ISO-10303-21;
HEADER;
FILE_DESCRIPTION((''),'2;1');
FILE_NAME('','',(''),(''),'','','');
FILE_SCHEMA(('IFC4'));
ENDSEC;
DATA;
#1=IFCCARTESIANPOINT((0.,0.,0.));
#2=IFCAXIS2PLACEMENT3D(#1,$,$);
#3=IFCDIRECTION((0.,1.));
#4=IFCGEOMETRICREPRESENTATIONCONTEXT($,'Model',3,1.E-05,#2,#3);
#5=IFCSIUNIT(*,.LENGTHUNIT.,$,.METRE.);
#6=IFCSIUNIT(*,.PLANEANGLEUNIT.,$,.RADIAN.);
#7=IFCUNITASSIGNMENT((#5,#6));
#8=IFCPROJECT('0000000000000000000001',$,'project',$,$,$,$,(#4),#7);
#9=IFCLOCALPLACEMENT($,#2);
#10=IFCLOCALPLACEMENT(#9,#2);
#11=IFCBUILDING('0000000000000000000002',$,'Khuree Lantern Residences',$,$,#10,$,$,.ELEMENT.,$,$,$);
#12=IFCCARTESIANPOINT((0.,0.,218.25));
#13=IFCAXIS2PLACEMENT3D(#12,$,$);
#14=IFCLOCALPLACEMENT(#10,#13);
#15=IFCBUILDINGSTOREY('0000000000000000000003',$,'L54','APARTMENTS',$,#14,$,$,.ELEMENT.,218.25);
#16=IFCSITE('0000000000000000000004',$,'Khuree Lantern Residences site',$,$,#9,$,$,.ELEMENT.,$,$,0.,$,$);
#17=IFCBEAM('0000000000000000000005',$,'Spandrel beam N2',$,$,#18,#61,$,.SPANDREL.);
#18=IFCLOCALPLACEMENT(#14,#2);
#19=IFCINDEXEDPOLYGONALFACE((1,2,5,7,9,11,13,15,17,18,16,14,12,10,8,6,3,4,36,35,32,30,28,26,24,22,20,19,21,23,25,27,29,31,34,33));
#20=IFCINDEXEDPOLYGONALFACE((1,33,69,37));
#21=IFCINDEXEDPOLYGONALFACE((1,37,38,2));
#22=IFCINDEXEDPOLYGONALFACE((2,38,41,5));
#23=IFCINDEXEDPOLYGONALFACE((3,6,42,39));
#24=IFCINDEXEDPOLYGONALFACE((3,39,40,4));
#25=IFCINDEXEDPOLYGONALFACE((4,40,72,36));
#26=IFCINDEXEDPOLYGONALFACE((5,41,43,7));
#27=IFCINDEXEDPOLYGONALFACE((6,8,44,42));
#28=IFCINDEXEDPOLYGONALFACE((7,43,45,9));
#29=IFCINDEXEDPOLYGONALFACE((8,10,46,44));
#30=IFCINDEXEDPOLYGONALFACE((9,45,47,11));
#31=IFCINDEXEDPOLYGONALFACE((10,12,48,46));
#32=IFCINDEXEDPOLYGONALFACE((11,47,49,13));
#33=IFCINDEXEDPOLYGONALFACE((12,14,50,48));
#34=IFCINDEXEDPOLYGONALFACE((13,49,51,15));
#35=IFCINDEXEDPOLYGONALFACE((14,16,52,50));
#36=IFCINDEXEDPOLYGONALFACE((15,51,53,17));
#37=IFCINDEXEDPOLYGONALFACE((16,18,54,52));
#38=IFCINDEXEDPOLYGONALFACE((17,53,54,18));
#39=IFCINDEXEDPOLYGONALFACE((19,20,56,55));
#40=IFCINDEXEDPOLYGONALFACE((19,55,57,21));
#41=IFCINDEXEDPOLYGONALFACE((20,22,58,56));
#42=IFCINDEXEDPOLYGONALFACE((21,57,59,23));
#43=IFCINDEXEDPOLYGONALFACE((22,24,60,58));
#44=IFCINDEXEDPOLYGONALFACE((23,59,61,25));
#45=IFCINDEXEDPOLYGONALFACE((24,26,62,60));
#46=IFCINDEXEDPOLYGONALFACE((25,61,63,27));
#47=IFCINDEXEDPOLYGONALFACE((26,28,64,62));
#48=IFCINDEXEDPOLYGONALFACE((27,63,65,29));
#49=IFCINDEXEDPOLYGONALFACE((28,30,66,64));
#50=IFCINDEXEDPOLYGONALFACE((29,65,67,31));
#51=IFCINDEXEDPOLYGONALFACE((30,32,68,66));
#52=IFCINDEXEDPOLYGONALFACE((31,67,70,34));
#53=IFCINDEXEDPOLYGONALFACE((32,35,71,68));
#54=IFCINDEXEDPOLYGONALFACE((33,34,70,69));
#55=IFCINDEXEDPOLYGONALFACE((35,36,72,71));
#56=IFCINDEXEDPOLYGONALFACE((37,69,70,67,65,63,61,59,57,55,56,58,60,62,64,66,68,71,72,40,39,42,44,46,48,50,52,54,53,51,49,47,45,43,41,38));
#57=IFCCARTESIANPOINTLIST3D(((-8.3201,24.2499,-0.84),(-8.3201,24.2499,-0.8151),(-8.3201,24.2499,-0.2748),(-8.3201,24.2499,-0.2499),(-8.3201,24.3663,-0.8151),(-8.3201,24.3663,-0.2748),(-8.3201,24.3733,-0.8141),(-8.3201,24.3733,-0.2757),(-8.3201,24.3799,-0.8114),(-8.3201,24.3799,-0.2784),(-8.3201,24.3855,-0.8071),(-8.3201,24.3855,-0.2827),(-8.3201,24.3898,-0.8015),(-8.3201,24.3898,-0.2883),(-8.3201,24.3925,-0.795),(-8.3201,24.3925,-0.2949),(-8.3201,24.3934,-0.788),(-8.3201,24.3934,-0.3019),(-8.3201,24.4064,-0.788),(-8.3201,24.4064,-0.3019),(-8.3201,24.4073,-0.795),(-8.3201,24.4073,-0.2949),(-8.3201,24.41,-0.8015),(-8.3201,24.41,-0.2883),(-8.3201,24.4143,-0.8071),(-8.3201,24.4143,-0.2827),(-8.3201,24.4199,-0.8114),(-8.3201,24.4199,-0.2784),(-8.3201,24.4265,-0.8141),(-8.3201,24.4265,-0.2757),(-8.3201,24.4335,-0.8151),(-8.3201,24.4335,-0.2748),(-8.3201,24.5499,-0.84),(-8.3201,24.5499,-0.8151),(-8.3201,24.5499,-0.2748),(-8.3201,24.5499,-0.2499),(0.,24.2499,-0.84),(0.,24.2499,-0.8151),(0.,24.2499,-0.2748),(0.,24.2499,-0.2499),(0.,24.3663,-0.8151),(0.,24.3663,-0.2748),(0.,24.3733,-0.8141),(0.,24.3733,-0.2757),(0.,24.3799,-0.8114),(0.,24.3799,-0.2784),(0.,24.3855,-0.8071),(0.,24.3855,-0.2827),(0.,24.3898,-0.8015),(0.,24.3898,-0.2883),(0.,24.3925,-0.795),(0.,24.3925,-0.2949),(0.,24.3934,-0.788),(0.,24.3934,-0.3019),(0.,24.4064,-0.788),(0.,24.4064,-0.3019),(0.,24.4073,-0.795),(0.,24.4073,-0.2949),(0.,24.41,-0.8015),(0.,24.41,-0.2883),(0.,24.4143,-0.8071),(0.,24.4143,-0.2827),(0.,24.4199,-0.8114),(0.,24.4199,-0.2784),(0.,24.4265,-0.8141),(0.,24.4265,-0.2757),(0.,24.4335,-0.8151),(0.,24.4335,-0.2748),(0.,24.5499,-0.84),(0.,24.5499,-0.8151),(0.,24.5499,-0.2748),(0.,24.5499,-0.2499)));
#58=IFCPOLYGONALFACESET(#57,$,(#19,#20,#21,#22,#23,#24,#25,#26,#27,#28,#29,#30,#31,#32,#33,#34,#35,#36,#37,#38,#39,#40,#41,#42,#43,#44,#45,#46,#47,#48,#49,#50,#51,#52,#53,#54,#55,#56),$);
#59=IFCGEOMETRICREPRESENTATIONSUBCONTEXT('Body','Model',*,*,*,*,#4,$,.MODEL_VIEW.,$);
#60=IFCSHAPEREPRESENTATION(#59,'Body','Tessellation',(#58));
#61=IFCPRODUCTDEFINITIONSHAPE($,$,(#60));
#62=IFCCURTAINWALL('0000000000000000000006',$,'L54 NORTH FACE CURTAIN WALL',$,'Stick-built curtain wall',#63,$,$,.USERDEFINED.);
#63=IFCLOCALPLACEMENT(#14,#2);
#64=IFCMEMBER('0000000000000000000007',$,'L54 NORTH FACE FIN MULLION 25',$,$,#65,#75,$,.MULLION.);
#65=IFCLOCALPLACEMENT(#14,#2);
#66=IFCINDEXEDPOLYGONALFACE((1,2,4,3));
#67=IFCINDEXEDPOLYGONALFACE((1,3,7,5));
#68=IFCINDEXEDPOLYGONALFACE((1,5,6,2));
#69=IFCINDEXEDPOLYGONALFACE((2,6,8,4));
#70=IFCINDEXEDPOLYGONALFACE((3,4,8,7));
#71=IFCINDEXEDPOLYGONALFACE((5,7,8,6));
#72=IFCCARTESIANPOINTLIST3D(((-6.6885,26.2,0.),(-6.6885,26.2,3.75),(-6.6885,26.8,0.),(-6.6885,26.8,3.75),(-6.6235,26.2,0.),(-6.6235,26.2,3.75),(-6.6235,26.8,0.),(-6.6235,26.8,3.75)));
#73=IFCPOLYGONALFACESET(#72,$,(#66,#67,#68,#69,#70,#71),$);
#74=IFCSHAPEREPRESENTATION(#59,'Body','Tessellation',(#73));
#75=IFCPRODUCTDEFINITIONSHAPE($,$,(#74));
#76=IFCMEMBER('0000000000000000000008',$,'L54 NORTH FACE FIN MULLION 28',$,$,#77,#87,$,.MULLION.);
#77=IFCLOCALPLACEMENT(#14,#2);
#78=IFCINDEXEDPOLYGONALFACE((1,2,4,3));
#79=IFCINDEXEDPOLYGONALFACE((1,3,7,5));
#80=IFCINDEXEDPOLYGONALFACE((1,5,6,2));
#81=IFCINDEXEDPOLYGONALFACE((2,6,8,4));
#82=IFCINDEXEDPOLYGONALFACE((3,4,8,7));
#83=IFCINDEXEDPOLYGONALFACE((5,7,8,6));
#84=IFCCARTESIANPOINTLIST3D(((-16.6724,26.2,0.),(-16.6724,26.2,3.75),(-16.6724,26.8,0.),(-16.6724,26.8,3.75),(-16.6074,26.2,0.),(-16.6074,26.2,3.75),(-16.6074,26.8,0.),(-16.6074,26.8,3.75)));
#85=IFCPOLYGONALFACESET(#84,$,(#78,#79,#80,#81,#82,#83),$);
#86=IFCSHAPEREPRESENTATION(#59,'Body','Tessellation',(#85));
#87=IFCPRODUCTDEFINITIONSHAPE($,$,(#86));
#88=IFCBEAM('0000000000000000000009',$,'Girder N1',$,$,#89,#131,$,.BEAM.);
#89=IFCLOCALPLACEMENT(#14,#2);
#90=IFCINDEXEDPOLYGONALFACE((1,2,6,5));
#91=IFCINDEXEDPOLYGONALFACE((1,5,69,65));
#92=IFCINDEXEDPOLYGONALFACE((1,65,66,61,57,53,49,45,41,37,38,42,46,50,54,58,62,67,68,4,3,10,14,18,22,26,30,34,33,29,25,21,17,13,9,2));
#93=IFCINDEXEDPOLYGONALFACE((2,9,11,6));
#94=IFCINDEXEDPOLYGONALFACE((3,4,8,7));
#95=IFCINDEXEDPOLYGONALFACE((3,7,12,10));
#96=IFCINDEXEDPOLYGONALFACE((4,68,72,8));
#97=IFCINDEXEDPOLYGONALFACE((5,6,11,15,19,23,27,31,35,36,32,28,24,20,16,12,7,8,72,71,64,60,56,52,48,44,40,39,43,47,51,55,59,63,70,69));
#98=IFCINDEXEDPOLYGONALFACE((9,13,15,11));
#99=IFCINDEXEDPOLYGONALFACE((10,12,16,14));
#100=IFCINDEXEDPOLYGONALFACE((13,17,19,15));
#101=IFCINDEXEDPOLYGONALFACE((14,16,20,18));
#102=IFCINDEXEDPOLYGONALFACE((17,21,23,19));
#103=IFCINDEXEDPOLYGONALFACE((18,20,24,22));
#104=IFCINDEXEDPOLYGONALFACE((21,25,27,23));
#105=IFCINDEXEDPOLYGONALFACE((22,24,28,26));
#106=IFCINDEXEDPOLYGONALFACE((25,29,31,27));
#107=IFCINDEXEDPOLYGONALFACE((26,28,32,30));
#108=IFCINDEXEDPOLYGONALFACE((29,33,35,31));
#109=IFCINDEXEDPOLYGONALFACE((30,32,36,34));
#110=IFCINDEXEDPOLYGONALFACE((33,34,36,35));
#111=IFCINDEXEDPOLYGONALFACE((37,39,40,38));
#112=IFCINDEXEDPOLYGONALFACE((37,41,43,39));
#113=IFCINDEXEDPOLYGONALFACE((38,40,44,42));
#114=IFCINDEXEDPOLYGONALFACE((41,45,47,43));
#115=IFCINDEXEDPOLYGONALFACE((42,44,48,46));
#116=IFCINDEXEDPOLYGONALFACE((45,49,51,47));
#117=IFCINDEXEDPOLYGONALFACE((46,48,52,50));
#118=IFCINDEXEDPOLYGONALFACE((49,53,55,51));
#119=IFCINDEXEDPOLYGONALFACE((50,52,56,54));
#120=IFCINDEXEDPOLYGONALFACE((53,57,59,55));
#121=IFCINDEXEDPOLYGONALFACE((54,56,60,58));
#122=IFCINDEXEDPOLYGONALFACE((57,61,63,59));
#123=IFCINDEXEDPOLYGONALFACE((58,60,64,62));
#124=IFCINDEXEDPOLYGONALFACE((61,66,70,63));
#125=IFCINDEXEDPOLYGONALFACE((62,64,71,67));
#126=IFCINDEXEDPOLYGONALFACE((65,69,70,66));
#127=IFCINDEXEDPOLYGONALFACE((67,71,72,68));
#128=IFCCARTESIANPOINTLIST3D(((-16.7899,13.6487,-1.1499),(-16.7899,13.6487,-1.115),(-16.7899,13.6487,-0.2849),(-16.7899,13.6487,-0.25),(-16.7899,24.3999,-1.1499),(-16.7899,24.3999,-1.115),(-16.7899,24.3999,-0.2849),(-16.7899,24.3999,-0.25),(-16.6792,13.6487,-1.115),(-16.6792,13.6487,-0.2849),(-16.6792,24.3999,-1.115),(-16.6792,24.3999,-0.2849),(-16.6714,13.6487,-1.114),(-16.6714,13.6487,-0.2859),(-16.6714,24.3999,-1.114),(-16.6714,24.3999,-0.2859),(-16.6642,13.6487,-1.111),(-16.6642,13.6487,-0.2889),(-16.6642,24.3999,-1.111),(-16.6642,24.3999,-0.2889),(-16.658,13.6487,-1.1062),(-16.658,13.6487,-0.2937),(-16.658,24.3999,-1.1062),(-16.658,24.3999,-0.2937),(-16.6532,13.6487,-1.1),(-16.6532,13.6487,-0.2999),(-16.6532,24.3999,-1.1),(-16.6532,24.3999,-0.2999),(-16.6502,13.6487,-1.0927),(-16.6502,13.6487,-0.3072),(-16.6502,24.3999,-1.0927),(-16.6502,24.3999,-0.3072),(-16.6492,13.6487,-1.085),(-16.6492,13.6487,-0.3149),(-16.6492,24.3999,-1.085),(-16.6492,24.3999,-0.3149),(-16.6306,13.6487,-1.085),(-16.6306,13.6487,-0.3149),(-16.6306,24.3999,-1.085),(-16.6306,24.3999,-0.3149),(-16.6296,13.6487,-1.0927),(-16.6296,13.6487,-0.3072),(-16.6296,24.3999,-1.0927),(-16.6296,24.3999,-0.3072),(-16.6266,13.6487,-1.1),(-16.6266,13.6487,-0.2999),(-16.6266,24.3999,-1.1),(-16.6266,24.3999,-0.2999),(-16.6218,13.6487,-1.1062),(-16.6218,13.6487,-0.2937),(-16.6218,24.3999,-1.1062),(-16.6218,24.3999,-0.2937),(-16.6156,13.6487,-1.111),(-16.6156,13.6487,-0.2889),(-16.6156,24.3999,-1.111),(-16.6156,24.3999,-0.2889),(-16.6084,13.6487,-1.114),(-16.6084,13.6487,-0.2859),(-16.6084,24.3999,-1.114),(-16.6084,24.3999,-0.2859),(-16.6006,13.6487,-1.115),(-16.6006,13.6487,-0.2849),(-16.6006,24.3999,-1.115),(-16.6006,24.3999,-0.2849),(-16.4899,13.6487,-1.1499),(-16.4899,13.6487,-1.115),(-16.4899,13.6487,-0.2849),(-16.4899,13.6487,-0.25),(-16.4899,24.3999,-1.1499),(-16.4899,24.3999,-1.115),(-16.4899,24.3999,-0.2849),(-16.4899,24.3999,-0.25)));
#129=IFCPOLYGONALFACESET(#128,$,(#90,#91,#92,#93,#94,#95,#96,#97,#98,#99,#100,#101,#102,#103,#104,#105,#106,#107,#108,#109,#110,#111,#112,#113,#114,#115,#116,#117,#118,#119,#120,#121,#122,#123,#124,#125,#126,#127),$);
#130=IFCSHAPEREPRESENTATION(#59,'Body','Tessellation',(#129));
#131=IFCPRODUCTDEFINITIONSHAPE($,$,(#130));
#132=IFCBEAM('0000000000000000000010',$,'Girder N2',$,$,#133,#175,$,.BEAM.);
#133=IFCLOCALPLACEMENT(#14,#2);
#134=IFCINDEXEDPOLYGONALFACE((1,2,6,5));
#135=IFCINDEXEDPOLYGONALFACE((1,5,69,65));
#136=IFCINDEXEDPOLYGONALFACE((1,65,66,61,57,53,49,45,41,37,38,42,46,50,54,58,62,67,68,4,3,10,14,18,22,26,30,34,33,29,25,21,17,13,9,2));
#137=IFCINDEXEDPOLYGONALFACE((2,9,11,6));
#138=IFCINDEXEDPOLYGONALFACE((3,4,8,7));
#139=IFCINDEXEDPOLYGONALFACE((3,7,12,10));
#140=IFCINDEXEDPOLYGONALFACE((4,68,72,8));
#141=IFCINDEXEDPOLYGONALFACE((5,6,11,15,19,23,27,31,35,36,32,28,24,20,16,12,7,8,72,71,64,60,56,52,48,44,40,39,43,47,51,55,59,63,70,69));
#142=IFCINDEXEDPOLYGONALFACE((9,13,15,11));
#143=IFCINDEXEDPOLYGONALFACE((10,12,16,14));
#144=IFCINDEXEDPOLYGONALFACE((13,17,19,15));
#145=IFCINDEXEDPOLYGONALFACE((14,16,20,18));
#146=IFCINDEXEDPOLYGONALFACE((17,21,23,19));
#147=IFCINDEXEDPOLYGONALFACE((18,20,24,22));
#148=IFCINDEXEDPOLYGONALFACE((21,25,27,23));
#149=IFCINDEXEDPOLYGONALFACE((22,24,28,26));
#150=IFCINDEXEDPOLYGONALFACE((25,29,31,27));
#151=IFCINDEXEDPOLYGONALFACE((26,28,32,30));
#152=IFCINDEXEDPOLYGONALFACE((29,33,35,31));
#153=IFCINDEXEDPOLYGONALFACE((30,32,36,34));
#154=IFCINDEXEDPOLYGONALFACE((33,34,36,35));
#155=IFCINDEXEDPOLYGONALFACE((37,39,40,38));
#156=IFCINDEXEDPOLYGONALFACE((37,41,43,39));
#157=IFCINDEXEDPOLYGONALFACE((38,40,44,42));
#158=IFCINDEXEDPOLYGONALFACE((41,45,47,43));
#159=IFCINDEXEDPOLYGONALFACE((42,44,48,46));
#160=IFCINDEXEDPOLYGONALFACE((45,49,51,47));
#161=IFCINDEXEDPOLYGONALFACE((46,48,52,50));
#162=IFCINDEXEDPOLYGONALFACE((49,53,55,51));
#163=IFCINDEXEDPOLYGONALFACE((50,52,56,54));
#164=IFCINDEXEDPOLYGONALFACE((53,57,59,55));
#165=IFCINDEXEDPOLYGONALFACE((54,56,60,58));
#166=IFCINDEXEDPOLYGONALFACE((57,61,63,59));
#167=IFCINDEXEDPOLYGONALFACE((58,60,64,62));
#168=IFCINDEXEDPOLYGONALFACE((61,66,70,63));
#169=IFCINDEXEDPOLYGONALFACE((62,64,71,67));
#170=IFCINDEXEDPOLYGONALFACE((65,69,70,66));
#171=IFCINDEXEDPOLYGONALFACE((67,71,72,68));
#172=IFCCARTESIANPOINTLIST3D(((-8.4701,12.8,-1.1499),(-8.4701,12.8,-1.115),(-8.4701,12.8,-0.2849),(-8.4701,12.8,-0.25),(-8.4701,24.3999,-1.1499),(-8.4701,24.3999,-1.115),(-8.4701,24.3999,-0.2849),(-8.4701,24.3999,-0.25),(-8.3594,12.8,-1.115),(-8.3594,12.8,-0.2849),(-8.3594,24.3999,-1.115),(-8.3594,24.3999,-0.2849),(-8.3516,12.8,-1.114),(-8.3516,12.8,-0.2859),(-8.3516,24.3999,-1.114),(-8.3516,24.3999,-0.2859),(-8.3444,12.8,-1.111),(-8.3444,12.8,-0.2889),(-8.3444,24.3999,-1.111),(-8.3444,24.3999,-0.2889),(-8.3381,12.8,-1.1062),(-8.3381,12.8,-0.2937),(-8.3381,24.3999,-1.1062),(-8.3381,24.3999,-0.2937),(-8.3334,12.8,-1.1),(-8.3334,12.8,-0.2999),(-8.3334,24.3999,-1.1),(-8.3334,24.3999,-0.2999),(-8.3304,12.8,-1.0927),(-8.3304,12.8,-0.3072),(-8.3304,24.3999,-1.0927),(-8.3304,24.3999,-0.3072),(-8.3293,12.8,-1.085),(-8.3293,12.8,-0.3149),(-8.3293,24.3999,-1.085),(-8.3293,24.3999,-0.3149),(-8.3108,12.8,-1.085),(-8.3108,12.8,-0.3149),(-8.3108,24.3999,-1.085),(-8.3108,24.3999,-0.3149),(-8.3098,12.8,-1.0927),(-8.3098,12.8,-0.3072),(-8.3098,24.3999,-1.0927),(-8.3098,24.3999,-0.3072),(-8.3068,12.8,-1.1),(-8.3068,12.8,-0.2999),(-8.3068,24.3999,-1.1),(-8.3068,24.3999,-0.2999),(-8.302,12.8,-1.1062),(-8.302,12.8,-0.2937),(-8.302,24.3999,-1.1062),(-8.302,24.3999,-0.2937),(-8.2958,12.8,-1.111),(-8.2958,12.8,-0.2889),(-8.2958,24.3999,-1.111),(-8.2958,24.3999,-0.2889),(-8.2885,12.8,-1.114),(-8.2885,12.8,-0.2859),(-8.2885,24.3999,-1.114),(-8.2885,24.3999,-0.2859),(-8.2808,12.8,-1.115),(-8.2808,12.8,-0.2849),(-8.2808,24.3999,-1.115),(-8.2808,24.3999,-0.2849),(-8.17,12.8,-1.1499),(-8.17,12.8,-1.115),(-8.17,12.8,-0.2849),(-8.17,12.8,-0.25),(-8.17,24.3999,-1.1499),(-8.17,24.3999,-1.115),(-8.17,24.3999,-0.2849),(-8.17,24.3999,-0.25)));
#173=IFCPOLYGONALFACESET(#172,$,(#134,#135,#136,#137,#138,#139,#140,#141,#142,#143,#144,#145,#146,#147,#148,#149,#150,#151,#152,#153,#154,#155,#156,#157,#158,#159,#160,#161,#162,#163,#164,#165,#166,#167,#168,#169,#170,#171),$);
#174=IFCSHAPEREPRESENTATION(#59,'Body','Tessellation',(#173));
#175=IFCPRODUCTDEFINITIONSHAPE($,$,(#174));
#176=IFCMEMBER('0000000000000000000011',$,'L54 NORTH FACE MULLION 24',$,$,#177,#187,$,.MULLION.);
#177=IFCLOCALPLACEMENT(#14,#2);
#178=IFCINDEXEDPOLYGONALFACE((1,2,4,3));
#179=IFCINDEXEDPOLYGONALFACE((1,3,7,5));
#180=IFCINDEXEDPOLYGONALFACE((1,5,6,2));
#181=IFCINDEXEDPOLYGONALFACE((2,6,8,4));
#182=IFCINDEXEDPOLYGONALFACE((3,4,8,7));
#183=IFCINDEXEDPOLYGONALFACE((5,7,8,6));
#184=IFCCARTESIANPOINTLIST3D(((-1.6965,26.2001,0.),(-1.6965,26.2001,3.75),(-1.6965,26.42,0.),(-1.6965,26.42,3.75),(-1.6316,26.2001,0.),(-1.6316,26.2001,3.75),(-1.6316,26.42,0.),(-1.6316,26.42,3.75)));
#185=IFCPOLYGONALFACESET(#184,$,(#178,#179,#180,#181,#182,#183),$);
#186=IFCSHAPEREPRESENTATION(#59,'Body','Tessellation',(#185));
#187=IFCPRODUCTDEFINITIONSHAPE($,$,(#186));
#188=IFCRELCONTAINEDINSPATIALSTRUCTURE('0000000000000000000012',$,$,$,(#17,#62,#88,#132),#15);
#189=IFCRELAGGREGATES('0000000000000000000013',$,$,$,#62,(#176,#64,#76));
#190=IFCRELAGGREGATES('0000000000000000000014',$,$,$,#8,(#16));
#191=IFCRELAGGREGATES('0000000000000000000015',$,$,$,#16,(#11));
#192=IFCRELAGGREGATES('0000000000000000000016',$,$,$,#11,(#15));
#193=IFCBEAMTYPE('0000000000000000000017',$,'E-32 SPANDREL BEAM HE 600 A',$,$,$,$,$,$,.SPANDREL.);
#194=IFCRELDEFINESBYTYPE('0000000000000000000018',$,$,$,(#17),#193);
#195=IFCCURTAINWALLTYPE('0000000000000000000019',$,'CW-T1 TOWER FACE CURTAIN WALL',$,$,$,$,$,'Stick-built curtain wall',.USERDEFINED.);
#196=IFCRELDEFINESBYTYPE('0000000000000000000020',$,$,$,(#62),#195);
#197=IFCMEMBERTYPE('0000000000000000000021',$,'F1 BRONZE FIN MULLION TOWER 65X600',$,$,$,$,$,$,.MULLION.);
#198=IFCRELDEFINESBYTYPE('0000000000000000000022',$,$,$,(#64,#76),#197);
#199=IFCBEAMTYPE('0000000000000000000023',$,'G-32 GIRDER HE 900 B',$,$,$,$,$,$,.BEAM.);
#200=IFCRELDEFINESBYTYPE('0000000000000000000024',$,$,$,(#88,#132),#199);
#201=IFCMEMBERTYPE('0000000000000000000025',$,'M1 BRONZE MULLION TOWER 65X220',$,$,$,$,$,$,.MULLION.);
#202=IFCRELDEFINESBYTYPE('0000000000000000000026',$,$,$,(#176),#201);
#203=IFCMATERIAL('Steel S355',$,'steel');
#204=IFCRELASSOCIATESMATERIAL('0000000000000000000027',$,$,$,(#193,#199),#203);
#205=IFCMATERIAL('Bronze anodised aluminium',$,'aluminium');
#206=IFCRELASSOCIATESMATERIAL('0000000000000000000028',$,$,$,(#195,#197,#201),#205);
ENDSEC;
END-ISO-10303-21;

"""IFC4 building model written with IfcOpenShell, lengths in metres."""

from ifc_helpers import new_model, si_unit, direction, frame, origin, origin_2d, place, context, subcontext, project, spatial, rectangle, i_section, extrude, material, material_profile, profile_set, type_object, element, aggregate, save


model = new_model("IFC4")

# Units and contexts
model_context = context("Model", 3, precision=1e-05, world=origin(), true_north=direction((0.0, 1.0)))
body_context = subcontext(model_context, "Body", "Model", "MODEL_VIEW")
ifc_project = project(units=[si_unit("LENGTHUNIT", "METRE"), si_unit("PLANEANGLEUNIT", "RADIAN")], contexts=[model_context])

# Site, building, storey
site_placement = place(None, origin())
site = spatial("IfcSite", under=ifc_project, at=site_placement, Name="Khuree Lantern Residences site", CompositionType="ELEMENT", RefElevation=0.0)
building_placement = place(site_placement, origin())
building = spatial("IfcBuilding", under=site, at=building_placement, Name="Khuree Lantern Residences", CompositionType="ELEMENT")
storey_placement = place(building_placement, frame((0.0, 0.0, 218.25)))
storey = spatial("IfcBuildingStorey", under=building, at=storey_placement, Name="L54", Description="APARTMENTS", CompositionType="ELEMENT", Elevation=218.25)

# Beam
ifc_material_1 = material(Name="Steel S355", Category="steel")
ifc_material_profile_1 = material_profile(ifc_material_1, i_section(OverallWidth=0.3, OverallDepth=0.5901, WebThickness=0.0129, FlangeThickness=0.0249, FilletRadius=0.0271, at=origin_2d()), Name="HE 600 A")
ifc_profile_set_1 = profile_set([ifc_material_profile_1], Name="Steel S355")
beam_type_1 = type_object("IfcBeamType", Name="E-32 SPANDREL BEAM HE 600 A", PredefinedType="SPANDREL", material=ifc_profile_set_1)
beam_1_placement = place(storey_placement, frame((-8.3201, 24.3999, -0.5449), z_axis=(1.0, 0.0, 0.0), x_axis=(0.0, 1.0, 0.0)))
element("IfcBeam", 1, at=beam_1_placement, inside=storey, type_object=beam_type_1, Name="Spandrel beam N2", PredefinedType="SPANDREL", context=body_context, shape_type="SweptSolid", body=[
    extrude(i_section(OverallWidth=0.3, OverallDepth=0.5901, WebThickness=0.0129, FlangeThickness=0.0249, FilletRadius=0.0271, at=origin_2d()), origin(), (0.0, 0.0, 1.0), 8.3201),
])

# Curtain wall, members
ifc_material_2 = material(Name="Bronze anodised aluminium", Category="aluminium")
curtain_wall_type = type_object("IfcCurtainWallType", Name="CW-T1 TOWER FACE CURTAIN WALL", ElementType="Stick-built curtain wall", PredefinedType="USERDEFINED", material=ifc_material_2)
curtain_wall_placement = place(storey_placement, origin())
curtain_wall = element("IfcCurtainWall", 2, at=curtain_wall_placement, inside=storey, type_object=curtain_wall_type, Name="L54 NORTH FACE CURTAIN WALL", ObjectType="Stick-built curtain wall", PredefinedType="USERDEFINED")
ifc_material_profile_2 = material_profile(ifc_material_2, rectangle(XDim=0.0649, YDim=0.6001, at=origin_2d()), Name="F1 65X600")
ifc_profile_set_2 = profile_set([ifc_material_profile_2], Name="Bronze anodised aluminium")
member_type_1 = type_object("IfcMemberType", Name="F1 BRONZE FIN MULLION TOWER 65X600", PredefinedType="MULLION", material=ifc_profile_set_2)
member_1_placement = place(storey_placement, frame((-6.656, 26.5, 0.0), z_axis=(0.0, 0.0, 1.0), x_axis=(-1.0, 0.0, 0.0)))
member_1 = element("IfcMember", 3, at=member_1_placement, type_object=member_type_1, Name="L54 NORTH FACE FIN MULLION 25", PredefinedType="MULLION", context=body_context, shape_type="SweptSolid", body=[
    extrude(rectangle(XDim=0.0649, YDim=0.6001, at=origin_2d()), origin(), (0.0, 0.0, 1.0), 3.75),
])
member_2_placement = place(storey_placement, frame((-16.6399, 26.5, 0.0), z_axis=(0.0, 0.0, 1.0), x_axis=(-1.0, 0.0, 0.0)))
member_2 = element("IfcMember", 4, at=member_2_placement, type_object=member_type_1, Name="L54 NORTH FACE FIN MULLION 28", PredefinedType="MULLION", context=body_context, shape_type="SweptSolid", body=[
    extrude(rectangle(XDim=0.0649, YDim=0.6001, at=origin_2d()), origin(), (0.0, 0.0, 1.0), 3.75),
])

# Beams
ifc_material_profile_3 = material_profile(ifc_material_1, i_section(OverallWidth=0.3, OverallDepth=0.8999, WebThickness=0.0186, FlangeThickness=0.0349, FilletRadius=0.03, at=origin_2d()), Name="HE 900 B")
ifc_profile_set_3 = profile_set([ifc_material_profile_3], Name="Steel S355")
beam_type_2 = type_object("IfcBeamType", Name="G-32 GIRDER HE 900 B", PredefinedType="BEAM", material=ifc_profile_set_3)
beam_2_placement = place(storey_placement, frame((-16.6399, 24.3999, -0.7), z_axis=(0.0, -1.0, 0.0), x_axis=(1.0, 0.0, 0.0)))
element("IfcBeam", 5, at=beam_2_placement, inside=storey, type_object=beam_type_2, Name="Girder N1", PredefinedType="BEAM", context=body_context, shape_type="SweptSolid", body=[
    extrude(i_section(OverallWidth=0.3, OverallDepth=0.8999, WebThickness=0.0186, FlangeThickness=0.0349, FilletRadius=0.03, at=origin_2d()), origin(), (0.0, 0.0, 1.0), 10.7512),
])
beam_3_placement = place(storey_placement, frame((-8.3201, 24.3999, -0.7), z_axis=(0.0, -1.0, 0.0), x_axis=(1.0, 0.0, 0.0)))
element("IfcBeam", 6, at=beam_3_placement, inside=storey, type_object=beam_type_2, Name="Girder N2", PredefinedType="BEAM", context=body_context, shape_type="SweptSolid", body=[
    extrude(i_section(OverallWidth=0.3, OverallDepth=0.8999, WebThickness=0.0186, FlangeThickness=0.0349, FilletRadius=0.03, at=origin_2d()), origin(), (0.0, 0.0, 1.0), 11.5999),
])

# Member
ifc_material_profile_4 = material_profile(ifc_material_2, rectangle(XDim=0.0649, YDim=0.22, at=origin_2d()), Name="M1 65X220")
ifc_profile_set_4 = profile_set([ifc_material_profile_4], Name="Bronze anodised aluminium")
member_type_2 = type_object("IfcMemberType", Name="M1 BRONZE MULLION TOWER 65X220", PredefinedType="MULLION", material=ifc_profile_set_4)
member_3_placement = place(storey_placement, frame((-1.6641, 26.3101, 0.0), z_axis=(0.0, 0.0, 1.0), x_axis=(-1.0, 0.0, 0.0)))
member_3 = element("IfcMember", 7, at=member_3_placement, type_object=member_type_2, Name="L54 NORTH FACE MULLION 24", PredefinedType="MULLION", context=body_context, shape_type="SweptSolid", body=[
    extrude(rectangle(XDim=0.0649, YDim=0.22, at=origin_2d()), origin(), (0.0, 0.0, 1.0), 3.75),
])

aggregate(curtain_wall, [member_3, member_1, member_2])

save(model, "model.ifc")
